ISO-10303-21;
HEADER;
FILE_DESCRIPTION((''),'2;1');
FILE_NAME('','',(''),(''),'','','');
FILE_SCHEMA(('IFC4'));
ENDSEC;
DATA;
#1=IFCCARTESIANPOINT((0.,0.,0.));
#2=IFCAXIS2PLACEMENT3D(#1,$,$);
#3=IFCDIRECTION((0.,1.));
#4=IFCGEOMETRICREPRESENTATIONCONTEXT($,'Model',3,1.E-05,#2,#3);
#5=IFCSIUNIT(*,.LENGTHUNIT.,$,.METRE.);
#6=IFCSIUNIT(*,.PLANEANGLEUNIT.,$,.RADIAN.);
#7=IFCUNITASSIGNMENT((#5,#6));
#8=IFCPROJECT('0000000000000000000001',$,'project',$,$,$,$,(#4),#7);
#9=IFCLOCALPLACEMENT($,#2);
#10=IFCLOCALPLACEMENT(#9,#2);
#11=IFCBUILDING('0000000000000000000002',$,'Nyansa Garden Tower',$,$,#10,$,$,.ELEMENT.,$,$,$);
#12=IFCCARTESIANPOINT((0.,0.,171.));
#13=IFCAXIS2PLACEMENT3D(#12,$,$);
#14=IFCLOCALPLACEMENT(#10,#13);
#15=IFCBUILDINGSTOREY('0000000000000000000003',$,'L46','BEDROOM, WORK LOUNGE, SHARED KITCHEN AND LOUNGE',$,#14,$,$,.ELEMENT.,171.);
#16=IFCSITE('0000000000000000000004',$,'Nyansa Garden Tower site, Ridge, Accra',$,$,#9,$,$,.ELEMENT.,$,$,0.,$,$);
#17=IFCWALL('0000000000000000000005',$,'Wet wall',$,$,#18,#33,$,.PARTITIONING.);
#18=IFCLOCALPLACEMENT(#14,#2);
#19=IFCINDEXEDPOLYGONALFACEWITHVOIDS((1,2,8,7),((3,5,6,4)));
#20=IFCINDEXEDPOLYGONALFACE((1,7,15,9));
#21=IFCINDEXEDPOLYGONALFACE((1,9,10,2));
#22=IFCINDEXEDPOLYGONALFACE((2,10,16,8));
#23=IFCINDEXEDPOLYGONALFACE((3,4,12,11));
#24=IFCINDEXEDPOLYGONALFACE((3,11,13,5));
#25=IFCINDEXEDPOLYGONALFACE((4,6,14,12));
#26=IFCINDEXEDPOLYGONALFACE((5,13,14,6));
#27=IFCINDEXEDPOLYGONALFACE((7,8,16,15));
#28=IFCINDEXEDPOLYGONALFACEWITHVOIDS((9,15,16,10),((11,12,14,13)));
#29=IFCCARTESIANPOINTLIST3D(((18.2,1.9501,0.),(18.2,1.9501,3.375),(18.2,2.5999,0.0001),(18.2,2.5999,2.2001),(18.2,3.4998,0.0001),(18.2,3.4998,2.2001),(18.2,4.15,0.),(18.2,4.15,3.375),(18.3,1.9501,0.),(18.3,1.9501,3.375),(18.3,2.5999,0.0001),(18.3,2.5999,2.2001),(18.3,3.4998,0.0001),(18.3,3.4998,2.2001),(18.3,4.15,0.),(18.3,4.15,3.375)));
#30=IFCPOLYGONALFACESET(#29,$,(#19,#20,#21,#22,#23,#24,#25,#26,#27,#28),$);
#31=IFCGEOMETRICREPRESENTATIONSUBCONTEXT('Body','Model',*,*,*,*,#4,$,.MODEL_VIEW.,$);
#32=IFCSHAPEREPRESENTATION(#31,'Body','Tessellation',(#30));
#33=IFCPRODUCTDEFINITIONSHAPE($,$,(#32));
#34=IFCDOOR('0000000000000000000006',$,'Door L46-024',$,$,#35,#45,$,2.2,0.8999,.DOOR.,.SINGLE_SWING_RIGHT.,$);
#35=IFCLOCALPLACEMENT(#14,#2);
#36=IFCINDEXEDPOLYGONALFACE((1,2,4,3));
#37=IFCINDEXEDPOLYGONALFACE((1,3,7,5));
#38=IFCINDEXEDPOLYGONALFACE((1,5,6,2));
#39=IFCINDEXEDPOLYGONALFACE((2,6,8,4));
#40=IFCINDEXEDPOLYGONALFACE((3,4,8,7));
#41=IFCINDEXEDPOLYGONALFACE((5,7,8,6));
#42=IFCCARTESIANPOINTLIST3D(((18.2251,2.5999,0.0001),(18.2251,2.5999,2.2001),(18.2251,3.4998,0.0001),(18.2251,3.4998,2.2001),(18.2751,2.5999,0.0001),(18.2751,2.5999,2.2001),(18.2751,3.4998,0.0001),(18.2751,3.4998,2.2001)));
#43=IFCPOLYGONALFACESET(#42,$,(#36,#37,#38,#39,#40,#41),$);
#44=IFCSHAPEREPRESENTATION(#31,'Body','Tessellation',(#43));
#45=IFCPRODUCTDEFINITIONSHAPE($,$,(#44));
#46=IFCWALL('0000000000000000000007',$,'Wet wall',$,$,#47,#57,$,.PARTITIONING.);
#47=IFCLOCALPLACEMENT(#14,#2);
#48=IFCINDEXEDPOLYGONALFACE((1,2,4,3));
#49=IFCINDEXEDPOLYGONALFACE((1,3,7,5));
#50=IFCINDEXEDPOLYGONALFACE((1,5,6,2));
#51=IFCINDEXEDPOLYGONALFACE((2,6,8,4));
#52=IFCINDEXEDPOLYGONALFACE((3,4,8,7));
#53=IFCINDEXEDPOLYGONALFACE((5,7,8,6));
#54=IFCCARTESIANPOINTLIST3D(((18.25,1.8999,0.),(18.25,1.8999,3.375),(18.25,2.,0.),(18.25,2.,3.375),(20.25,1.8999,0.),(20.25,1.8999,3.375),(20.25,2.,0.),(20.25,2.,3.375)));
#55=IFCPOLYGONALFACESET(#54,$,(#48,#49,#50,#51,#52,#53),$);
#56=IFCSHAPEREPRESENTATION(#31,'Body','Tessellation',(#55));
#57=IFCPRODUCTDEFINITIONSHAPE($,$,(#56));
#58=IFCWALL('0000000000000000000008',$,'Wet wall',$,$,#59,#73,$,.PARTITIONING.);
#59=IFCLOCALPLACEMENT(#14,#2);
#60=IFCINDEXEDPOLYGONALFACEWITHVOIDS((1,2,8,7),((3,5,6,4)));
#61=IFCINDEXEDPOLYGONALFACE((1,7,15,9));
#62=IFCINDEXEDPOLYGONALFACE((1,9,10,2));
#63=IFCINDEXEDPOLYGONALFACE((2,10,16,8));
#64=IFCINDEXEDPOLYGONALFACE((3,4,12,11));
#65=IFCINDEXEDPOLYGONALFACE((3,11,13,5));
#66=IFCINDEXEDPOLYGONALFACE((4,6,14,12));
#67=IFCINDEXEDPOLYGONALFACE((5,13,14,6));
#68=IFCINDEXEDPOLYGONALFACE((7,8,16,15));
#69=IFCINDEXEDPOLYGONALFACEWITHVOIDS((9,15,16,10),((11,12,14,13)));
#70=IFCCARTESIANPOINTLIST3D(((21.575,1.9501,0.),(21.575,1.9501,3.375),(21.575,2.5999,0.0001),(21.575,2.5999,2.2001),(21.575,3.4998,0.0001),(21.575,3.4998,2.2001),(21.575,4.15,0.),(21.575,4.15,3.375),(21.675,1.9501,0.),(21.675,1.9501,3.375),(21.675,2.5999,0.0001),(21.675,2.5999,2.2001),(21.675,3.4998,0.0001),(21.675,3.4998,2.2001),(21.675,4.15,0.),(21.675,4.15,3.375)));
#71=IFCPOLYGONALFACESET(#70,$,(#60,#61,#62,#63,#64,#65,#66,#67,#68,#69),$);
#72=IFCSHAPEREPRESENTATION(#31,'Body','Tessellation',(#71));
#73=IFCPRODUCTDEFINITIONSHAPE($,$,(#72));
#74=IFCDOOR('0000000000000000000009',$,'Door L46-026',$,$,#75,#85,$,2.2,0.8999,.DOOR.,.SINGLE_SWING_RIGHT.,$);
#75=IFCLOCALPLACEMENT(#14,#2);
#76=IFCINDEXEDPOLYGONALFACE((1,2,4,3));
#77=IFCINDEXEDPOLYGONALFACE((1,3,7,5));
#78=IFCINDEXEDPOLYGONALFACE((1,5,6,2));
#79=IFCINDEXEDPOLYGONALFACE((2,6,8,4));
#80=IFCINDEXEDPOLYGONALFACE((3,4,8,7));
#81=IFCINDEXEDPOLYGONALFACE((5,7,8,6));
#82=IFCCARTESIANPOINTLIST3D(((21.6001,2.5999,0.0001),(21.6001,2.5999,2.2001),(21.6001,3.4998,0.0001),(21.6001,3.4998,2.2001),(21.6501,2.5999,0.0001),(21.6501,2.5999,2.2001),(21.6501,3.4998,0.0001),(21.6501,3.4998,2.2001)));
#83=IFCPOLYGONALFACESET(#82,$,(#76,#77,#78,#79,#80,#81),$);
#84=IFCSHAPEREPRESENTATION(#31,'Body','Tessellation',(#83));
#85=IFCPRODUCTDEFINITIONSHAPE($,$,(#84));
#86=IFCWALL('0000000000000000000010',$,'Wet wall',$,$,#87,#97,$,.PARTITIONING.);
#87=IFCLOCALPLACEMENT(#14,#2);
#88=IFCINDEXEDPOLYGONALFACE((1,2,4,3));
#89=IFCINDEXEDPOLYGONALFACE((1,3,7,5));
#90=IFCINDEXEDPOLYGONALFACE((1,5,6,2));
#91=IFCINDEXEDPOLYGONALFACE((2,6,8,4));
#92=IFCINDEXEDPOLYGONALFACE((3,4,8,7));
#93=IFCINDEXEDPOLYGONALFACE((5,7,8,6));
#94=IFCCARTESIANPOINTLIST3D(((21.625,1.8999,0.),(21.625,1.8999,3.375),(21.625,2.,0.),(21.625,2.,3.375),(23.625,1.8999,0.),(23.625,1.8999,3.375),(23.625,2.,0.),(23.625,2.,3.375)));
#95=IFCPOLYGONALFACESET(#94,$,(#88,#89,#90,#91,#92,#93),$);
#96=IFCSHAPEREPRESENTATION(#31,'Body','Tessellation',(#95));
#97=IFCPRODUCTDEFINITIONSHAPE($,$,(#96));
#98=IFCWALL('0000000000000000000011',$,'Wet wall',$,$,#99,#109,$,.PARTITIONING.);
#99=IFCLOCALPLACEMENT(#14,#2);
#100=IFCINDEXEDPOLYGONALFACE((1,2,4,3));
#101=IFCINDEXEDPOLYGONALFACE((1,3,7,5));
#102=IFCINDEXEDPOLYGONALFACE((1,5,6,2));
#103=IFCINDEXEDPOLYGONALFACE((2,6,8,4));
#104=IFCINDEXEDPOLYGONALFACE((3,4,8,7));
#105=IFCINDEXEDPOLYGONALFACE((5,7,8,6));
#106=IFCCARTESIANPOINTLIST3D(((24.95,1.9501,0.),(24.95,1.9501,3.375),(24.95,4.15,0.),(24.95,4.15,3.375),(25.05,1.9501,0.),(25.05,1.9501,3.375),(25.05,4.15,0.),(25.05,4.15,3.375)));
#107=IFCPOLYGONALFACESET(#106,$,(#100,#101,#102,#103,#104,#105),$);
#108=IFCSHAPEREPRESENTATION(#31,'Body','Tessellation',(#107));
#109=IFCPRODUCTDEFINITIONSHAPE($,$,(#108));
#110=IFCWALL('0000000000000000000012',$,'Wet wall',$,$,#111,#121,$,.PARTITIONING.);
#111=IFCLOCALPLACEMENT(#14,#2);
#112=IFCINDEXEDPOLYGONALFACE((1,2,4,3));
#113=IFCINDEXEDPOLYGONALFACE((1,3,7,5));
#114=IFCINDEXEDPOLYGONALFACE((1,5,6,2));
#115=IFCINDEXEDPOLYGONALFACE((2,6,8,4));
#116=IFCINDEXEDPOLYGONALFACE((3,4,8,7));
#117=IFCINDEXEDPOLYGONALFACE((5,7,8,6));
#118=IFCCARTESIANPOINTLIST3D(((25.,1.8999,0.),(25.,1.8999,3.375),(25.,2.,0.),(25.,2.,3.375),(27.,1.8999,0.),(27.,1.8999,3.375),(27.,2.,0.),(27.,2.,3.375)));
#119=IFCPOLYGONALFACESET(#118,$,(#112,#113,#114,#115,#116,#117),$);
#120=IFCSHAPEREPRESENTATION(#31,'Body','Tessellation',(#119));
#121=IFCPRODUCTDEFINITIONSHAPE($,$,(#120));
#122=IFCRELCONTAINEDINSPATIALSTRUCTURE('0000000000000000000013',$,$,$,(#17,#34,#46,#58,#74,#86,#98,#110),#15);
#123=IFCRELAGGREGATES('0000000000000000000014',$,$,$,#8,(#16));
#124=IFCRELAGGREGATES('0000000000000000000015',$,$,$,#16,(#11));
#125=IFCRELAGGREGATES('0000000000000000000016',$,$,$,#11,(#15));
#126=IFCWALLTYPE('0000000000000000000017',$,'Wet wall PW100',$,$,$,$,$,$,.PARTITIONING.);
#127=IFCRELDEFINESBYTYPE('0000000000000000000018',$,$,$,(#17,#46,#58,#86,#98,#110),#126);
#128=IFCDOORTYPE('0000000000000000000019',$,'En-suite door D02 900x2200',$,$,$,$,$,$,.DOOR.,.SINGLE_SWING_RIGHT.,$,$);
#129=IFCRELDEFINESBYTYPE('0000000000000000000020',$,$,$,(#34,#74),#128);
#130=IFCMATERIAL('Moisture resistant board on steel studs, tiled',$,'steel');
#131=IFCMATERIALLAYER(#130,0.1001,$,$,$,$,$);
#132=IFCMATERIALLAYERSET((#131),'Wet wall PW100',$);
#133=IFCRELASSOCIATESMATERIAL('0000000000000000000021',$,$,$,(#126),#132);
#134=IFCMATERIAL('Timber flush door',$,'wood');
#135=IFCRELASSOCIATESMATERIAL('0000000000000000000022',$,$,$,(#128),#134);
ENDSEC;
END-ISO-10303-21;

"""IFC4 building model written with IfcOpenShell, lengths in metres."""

from ifc_helpers import new_model, si_unit, direction, frame, frame_2d, origin, place, context, subcontext, project, spatial, rectangle, extrude, material, layer, layer_set, type_object, element, fill, save


model = new_model("IFC4")

# Units and contexts
model_context = context("Model", 3, precision=1e-05, world=origin(), true_north=direction((0.0, 1.0)))
body_context = subcontext(model_context, "Body", "Model", "MODEL_VIEW")
ifc_project = project(units=[si_unit("LENGTHUNIT", "METRE"), si_unit("PLANEANGLEUNIT", "RADIAN")], contexts=[model_context])

# Site, building, storey
site_placement = place(None, origin())
site = spatial("IfcSite", under=ifc_project, at=site_placement, Name="Nyansa Garden Tower site, Ridge, Accra", CompositionType="ELEMENT", RefElevation=0.0)
building_placement = place(site_placement, origin())
building = spatial("IfcBuilding", under=site, at=building_placement, Name="Nyansa Garden Tower", CompositionType="ELEMENT")
storey_placement = place(building_placement, frame((0.0, 0.0, 171.0)))
storey = spatial("IfcBuildingStorey", under=building, at=storey_placement, Name="L46", Description="BEDROOM, WORK LOUNGE, SHARED KITCHEN AND LOUNGE", CompositionType="ELEMENT", Elevation=171.0)

# Wall, opening, door
ifc_material_1 = material(Name="Moisture resistant board on steel studs, tiled", Category="steel")
ifc_layer_1 = layer(ifc_material_1, 0.1001)
ifc_layer_set_1 = layer_set([ifc_layer_1], Name="Wet wall PW100")
wall_type_1 = type_object("IfcWallType", Name="Wet wall PW100", PredefinedType="PARTITIONING", material=ifc_layer_set_1)
wall_1_placement = place(storey_placement, frame((18.25, 1.95, 0.0), z_axis=(0.0, 0.0, 1.0), x_axis=(0.0, 1.0, 0.0)))
wall_1 = element("IfcWall", 1, at=wall_1_placement, inside=storey, type_object=wall_type_1, Name="Wet wall", PredefinedType="PARTITIONING", context=body_context, shape_type="SweptSolid", body=[
    extrude(rectangle(XDim=2.2, YDim=0.1001, at=frame_2d((1.1001, 0.0))), origin(), (0.0, 0.0, 1.0), 3.375),
])
opening_1_placement = place(wall_1_placement, frame((0.6499, 0.0, 0.0)))
opening_1 = element("IfcOpeningElement", 2, at=opening_1_placement, cuts=wall_1, PredefinedType="OPENING", context=body_context, shape_type="SweptSolid", body=[
    extrude(rectangle(XDim=0.8999, YDim=2.2, at=frame_2d((0.45, 1.1001))), frame((0.0, 0.0601, 0.0), z_axis=(0.0, -1.0, 0.0), x_axis=(1.0, 0.0, 0.0)), (0.0, 0.0, 1.0), 0.1201),
])
ifc_material_2 = material(Name="Timber flush door", Category="wood")
door_type_1 = type_object("IfcDoorType", Name="En-suite door D02 900x2200", OperationType="SINGLE_SWING_RIGHT", PredefinedType="DOOR", material=ifc_material_2)
door_1_placement = place(opening_1_placement, origin())
door_1 = element("IfcDoor", 3, at=door_1_placement, inside=storey, type_object=door_type_1, Name="Door L46-024", OperationType="SINGLE_SWING_RIGHT", OverallHeight=2.2, OverallWidth=0.8999, PredefinedType="DOOR", context=body_context, shape_type="SweptSolid", body=[
    extrude(rectangle(XDim=0.8999, YDim=2.2, at=frame_2d((0.45, 1.1001))), frame((0.0, 0.0249, 0.0), z_axis=(0.0, -1.0, 0.0), x_axis=(1.0, 0.0, 0.0)), (0.0, 0.0, 1.0), 0.05),
])
fill(opening_1, door_1)

# Wall
wall_2_placement = place(storey_placement, frame((18.25, 1.95, 0.0), z_axis=(0.0, 0.0, 1.0), x_axis=(1.0, 0.0, 0.0)))
element("IfcWall", 4, at=wall_2_placement, inside=storey, type_object=wall_type_1, Name="Wet wall", PredefinedType="PARTITIONING", context=body_context, shape_type="SweptSolid", body=[
    extrude(rectangle(XDim=2.0, YDim=0.1001, at=frame_2d((1.0, 0.0))), origin(), (0.0, 0.0, 1.0), 3.375),
])

# Wall, opening, door
wall_3_placement = place(storey_placement, frame((21.625, 1.95, 0.0), z_axis=(0.0, 0.0, 1.0), x_axis=(0.0, 1.0, 0.0)))
wall_3 = element("IfcWall", 5, at=wall_3_placement, inside=storey, type_object=wall_type_1, Name="Wet wall", PredefinedType="PARTITIONING", context=body_context, shape_type="SweptSolid", body=[
    extrude(rectangle(XDim=2.2, YDim=0.1001, at=frame_2d((1.1001, 0.0))), origin(), (0.0, 0.0, 1.0), 3.375),
])
opening_2_placement = place(wall_3_placement, frame((0.6499, 0.0, 0.0)))
opening_2 = element("IfcOpeningElement", 6, at=opening_2_placement, cuts=wall_3, PredefinedType="OPENING", context=body_context, shape_type="SweptSolid", body=[
    extrude(rectangle(XDim=0.8999, YDim=2.2, at=frame_2d((0.45, 1.1001))), frame((0.0, 0.0601, 0.0), z_axis=(0.0, -1.0, 0.0), x_axis=(1.0, 0.0, 0.0)), (0.0, 0.0, 1.0), 0.1201),
])
door_2_placement = place(opening_2_placement, origin())
door_2 = element("IfcDoor", 7, at=door_2_placement, inside=storey, type_object=door_type_1, Name="Door L46-026", OperationType="SINGLE_SWING_RIGHT", OverallHeight=2.2, OverallWidth=0.8999, PredefinedType="DOOR", context=body_context, shape_type="SweptSolid", body=[
    extrude(rectangle(XDim=0.8999, YDim=2.2, at=frame_2d((0.45, 1.1001))), frame((0.0, 0.0249, 0.0), z_axis=(0.0, -1.0, 0.0), x_axis=(1.0, 0.0, 0.0)), (0.0, 0.0, 1.0), 0.05),
])
fill(opening_2, door_2)

# Walls
wall_4_placement = place(storey_placement, frame((21.625, 1.95, 0.0), z_axis=(0.0, 0.0, 1.0), x_axis=(1.0, 0.0, 0.0)))
element("IfcWall", 8, at=wall_4_placement, inside=storey, type_object=wall_type_1, Name="Wet wall", PredefinedType="PARTITIONING", context=body_context, shape_type="SweptSolid", body=[
    extrude(rectangle(XDim=2.0, YDim=0.1001, at=frame_2d((1.0, 0.0))), origin(), (0.0, 0.0, 1.0), 3.375),
])
wall_5_placement = place(storey_placement, frame((25.0, 1.95, 0.0), z_axis=(0.0, 0.0, 1.0), x_axis=(0.0, 1.0, 0.0)))
element("IfcWall", 9, at=wall_5_placement, inside=storey, type_object=wall_type_1, Name="Wet wall", PredefinedType="PARTITIONING", context=body_context, shape_type="SweptSolid", body=[
    extrude(rectangle(XDim=2.2, YDim=0.1001, at=frame_2d((1.1001, 0.0))), origin(), (0.0, 0.0, 1.0), 3.375),
])
wall_6_placement = place(storey_placement, frame((25.0, 1.95, 0.0), z_axis=(0.0, 0.0, 1.0), x_axis=(1.0, 0.0, 0.0)))
element("IfcWall", 10, at=wall_6_placement, inside=storey, type_object=wall_type_1, Name="Wet wall", PredefinedType="PARTITIONING", context=body_context, shape_type="SweptSolid", body=[
    extrude(rectangle(XDim=2.0, YDim=0.1001, at=frame_2d((1.0, 0.0))), origin(), (0.0, 0.0, 1.0), 3.375),
])

save(model, "model.ifc")
